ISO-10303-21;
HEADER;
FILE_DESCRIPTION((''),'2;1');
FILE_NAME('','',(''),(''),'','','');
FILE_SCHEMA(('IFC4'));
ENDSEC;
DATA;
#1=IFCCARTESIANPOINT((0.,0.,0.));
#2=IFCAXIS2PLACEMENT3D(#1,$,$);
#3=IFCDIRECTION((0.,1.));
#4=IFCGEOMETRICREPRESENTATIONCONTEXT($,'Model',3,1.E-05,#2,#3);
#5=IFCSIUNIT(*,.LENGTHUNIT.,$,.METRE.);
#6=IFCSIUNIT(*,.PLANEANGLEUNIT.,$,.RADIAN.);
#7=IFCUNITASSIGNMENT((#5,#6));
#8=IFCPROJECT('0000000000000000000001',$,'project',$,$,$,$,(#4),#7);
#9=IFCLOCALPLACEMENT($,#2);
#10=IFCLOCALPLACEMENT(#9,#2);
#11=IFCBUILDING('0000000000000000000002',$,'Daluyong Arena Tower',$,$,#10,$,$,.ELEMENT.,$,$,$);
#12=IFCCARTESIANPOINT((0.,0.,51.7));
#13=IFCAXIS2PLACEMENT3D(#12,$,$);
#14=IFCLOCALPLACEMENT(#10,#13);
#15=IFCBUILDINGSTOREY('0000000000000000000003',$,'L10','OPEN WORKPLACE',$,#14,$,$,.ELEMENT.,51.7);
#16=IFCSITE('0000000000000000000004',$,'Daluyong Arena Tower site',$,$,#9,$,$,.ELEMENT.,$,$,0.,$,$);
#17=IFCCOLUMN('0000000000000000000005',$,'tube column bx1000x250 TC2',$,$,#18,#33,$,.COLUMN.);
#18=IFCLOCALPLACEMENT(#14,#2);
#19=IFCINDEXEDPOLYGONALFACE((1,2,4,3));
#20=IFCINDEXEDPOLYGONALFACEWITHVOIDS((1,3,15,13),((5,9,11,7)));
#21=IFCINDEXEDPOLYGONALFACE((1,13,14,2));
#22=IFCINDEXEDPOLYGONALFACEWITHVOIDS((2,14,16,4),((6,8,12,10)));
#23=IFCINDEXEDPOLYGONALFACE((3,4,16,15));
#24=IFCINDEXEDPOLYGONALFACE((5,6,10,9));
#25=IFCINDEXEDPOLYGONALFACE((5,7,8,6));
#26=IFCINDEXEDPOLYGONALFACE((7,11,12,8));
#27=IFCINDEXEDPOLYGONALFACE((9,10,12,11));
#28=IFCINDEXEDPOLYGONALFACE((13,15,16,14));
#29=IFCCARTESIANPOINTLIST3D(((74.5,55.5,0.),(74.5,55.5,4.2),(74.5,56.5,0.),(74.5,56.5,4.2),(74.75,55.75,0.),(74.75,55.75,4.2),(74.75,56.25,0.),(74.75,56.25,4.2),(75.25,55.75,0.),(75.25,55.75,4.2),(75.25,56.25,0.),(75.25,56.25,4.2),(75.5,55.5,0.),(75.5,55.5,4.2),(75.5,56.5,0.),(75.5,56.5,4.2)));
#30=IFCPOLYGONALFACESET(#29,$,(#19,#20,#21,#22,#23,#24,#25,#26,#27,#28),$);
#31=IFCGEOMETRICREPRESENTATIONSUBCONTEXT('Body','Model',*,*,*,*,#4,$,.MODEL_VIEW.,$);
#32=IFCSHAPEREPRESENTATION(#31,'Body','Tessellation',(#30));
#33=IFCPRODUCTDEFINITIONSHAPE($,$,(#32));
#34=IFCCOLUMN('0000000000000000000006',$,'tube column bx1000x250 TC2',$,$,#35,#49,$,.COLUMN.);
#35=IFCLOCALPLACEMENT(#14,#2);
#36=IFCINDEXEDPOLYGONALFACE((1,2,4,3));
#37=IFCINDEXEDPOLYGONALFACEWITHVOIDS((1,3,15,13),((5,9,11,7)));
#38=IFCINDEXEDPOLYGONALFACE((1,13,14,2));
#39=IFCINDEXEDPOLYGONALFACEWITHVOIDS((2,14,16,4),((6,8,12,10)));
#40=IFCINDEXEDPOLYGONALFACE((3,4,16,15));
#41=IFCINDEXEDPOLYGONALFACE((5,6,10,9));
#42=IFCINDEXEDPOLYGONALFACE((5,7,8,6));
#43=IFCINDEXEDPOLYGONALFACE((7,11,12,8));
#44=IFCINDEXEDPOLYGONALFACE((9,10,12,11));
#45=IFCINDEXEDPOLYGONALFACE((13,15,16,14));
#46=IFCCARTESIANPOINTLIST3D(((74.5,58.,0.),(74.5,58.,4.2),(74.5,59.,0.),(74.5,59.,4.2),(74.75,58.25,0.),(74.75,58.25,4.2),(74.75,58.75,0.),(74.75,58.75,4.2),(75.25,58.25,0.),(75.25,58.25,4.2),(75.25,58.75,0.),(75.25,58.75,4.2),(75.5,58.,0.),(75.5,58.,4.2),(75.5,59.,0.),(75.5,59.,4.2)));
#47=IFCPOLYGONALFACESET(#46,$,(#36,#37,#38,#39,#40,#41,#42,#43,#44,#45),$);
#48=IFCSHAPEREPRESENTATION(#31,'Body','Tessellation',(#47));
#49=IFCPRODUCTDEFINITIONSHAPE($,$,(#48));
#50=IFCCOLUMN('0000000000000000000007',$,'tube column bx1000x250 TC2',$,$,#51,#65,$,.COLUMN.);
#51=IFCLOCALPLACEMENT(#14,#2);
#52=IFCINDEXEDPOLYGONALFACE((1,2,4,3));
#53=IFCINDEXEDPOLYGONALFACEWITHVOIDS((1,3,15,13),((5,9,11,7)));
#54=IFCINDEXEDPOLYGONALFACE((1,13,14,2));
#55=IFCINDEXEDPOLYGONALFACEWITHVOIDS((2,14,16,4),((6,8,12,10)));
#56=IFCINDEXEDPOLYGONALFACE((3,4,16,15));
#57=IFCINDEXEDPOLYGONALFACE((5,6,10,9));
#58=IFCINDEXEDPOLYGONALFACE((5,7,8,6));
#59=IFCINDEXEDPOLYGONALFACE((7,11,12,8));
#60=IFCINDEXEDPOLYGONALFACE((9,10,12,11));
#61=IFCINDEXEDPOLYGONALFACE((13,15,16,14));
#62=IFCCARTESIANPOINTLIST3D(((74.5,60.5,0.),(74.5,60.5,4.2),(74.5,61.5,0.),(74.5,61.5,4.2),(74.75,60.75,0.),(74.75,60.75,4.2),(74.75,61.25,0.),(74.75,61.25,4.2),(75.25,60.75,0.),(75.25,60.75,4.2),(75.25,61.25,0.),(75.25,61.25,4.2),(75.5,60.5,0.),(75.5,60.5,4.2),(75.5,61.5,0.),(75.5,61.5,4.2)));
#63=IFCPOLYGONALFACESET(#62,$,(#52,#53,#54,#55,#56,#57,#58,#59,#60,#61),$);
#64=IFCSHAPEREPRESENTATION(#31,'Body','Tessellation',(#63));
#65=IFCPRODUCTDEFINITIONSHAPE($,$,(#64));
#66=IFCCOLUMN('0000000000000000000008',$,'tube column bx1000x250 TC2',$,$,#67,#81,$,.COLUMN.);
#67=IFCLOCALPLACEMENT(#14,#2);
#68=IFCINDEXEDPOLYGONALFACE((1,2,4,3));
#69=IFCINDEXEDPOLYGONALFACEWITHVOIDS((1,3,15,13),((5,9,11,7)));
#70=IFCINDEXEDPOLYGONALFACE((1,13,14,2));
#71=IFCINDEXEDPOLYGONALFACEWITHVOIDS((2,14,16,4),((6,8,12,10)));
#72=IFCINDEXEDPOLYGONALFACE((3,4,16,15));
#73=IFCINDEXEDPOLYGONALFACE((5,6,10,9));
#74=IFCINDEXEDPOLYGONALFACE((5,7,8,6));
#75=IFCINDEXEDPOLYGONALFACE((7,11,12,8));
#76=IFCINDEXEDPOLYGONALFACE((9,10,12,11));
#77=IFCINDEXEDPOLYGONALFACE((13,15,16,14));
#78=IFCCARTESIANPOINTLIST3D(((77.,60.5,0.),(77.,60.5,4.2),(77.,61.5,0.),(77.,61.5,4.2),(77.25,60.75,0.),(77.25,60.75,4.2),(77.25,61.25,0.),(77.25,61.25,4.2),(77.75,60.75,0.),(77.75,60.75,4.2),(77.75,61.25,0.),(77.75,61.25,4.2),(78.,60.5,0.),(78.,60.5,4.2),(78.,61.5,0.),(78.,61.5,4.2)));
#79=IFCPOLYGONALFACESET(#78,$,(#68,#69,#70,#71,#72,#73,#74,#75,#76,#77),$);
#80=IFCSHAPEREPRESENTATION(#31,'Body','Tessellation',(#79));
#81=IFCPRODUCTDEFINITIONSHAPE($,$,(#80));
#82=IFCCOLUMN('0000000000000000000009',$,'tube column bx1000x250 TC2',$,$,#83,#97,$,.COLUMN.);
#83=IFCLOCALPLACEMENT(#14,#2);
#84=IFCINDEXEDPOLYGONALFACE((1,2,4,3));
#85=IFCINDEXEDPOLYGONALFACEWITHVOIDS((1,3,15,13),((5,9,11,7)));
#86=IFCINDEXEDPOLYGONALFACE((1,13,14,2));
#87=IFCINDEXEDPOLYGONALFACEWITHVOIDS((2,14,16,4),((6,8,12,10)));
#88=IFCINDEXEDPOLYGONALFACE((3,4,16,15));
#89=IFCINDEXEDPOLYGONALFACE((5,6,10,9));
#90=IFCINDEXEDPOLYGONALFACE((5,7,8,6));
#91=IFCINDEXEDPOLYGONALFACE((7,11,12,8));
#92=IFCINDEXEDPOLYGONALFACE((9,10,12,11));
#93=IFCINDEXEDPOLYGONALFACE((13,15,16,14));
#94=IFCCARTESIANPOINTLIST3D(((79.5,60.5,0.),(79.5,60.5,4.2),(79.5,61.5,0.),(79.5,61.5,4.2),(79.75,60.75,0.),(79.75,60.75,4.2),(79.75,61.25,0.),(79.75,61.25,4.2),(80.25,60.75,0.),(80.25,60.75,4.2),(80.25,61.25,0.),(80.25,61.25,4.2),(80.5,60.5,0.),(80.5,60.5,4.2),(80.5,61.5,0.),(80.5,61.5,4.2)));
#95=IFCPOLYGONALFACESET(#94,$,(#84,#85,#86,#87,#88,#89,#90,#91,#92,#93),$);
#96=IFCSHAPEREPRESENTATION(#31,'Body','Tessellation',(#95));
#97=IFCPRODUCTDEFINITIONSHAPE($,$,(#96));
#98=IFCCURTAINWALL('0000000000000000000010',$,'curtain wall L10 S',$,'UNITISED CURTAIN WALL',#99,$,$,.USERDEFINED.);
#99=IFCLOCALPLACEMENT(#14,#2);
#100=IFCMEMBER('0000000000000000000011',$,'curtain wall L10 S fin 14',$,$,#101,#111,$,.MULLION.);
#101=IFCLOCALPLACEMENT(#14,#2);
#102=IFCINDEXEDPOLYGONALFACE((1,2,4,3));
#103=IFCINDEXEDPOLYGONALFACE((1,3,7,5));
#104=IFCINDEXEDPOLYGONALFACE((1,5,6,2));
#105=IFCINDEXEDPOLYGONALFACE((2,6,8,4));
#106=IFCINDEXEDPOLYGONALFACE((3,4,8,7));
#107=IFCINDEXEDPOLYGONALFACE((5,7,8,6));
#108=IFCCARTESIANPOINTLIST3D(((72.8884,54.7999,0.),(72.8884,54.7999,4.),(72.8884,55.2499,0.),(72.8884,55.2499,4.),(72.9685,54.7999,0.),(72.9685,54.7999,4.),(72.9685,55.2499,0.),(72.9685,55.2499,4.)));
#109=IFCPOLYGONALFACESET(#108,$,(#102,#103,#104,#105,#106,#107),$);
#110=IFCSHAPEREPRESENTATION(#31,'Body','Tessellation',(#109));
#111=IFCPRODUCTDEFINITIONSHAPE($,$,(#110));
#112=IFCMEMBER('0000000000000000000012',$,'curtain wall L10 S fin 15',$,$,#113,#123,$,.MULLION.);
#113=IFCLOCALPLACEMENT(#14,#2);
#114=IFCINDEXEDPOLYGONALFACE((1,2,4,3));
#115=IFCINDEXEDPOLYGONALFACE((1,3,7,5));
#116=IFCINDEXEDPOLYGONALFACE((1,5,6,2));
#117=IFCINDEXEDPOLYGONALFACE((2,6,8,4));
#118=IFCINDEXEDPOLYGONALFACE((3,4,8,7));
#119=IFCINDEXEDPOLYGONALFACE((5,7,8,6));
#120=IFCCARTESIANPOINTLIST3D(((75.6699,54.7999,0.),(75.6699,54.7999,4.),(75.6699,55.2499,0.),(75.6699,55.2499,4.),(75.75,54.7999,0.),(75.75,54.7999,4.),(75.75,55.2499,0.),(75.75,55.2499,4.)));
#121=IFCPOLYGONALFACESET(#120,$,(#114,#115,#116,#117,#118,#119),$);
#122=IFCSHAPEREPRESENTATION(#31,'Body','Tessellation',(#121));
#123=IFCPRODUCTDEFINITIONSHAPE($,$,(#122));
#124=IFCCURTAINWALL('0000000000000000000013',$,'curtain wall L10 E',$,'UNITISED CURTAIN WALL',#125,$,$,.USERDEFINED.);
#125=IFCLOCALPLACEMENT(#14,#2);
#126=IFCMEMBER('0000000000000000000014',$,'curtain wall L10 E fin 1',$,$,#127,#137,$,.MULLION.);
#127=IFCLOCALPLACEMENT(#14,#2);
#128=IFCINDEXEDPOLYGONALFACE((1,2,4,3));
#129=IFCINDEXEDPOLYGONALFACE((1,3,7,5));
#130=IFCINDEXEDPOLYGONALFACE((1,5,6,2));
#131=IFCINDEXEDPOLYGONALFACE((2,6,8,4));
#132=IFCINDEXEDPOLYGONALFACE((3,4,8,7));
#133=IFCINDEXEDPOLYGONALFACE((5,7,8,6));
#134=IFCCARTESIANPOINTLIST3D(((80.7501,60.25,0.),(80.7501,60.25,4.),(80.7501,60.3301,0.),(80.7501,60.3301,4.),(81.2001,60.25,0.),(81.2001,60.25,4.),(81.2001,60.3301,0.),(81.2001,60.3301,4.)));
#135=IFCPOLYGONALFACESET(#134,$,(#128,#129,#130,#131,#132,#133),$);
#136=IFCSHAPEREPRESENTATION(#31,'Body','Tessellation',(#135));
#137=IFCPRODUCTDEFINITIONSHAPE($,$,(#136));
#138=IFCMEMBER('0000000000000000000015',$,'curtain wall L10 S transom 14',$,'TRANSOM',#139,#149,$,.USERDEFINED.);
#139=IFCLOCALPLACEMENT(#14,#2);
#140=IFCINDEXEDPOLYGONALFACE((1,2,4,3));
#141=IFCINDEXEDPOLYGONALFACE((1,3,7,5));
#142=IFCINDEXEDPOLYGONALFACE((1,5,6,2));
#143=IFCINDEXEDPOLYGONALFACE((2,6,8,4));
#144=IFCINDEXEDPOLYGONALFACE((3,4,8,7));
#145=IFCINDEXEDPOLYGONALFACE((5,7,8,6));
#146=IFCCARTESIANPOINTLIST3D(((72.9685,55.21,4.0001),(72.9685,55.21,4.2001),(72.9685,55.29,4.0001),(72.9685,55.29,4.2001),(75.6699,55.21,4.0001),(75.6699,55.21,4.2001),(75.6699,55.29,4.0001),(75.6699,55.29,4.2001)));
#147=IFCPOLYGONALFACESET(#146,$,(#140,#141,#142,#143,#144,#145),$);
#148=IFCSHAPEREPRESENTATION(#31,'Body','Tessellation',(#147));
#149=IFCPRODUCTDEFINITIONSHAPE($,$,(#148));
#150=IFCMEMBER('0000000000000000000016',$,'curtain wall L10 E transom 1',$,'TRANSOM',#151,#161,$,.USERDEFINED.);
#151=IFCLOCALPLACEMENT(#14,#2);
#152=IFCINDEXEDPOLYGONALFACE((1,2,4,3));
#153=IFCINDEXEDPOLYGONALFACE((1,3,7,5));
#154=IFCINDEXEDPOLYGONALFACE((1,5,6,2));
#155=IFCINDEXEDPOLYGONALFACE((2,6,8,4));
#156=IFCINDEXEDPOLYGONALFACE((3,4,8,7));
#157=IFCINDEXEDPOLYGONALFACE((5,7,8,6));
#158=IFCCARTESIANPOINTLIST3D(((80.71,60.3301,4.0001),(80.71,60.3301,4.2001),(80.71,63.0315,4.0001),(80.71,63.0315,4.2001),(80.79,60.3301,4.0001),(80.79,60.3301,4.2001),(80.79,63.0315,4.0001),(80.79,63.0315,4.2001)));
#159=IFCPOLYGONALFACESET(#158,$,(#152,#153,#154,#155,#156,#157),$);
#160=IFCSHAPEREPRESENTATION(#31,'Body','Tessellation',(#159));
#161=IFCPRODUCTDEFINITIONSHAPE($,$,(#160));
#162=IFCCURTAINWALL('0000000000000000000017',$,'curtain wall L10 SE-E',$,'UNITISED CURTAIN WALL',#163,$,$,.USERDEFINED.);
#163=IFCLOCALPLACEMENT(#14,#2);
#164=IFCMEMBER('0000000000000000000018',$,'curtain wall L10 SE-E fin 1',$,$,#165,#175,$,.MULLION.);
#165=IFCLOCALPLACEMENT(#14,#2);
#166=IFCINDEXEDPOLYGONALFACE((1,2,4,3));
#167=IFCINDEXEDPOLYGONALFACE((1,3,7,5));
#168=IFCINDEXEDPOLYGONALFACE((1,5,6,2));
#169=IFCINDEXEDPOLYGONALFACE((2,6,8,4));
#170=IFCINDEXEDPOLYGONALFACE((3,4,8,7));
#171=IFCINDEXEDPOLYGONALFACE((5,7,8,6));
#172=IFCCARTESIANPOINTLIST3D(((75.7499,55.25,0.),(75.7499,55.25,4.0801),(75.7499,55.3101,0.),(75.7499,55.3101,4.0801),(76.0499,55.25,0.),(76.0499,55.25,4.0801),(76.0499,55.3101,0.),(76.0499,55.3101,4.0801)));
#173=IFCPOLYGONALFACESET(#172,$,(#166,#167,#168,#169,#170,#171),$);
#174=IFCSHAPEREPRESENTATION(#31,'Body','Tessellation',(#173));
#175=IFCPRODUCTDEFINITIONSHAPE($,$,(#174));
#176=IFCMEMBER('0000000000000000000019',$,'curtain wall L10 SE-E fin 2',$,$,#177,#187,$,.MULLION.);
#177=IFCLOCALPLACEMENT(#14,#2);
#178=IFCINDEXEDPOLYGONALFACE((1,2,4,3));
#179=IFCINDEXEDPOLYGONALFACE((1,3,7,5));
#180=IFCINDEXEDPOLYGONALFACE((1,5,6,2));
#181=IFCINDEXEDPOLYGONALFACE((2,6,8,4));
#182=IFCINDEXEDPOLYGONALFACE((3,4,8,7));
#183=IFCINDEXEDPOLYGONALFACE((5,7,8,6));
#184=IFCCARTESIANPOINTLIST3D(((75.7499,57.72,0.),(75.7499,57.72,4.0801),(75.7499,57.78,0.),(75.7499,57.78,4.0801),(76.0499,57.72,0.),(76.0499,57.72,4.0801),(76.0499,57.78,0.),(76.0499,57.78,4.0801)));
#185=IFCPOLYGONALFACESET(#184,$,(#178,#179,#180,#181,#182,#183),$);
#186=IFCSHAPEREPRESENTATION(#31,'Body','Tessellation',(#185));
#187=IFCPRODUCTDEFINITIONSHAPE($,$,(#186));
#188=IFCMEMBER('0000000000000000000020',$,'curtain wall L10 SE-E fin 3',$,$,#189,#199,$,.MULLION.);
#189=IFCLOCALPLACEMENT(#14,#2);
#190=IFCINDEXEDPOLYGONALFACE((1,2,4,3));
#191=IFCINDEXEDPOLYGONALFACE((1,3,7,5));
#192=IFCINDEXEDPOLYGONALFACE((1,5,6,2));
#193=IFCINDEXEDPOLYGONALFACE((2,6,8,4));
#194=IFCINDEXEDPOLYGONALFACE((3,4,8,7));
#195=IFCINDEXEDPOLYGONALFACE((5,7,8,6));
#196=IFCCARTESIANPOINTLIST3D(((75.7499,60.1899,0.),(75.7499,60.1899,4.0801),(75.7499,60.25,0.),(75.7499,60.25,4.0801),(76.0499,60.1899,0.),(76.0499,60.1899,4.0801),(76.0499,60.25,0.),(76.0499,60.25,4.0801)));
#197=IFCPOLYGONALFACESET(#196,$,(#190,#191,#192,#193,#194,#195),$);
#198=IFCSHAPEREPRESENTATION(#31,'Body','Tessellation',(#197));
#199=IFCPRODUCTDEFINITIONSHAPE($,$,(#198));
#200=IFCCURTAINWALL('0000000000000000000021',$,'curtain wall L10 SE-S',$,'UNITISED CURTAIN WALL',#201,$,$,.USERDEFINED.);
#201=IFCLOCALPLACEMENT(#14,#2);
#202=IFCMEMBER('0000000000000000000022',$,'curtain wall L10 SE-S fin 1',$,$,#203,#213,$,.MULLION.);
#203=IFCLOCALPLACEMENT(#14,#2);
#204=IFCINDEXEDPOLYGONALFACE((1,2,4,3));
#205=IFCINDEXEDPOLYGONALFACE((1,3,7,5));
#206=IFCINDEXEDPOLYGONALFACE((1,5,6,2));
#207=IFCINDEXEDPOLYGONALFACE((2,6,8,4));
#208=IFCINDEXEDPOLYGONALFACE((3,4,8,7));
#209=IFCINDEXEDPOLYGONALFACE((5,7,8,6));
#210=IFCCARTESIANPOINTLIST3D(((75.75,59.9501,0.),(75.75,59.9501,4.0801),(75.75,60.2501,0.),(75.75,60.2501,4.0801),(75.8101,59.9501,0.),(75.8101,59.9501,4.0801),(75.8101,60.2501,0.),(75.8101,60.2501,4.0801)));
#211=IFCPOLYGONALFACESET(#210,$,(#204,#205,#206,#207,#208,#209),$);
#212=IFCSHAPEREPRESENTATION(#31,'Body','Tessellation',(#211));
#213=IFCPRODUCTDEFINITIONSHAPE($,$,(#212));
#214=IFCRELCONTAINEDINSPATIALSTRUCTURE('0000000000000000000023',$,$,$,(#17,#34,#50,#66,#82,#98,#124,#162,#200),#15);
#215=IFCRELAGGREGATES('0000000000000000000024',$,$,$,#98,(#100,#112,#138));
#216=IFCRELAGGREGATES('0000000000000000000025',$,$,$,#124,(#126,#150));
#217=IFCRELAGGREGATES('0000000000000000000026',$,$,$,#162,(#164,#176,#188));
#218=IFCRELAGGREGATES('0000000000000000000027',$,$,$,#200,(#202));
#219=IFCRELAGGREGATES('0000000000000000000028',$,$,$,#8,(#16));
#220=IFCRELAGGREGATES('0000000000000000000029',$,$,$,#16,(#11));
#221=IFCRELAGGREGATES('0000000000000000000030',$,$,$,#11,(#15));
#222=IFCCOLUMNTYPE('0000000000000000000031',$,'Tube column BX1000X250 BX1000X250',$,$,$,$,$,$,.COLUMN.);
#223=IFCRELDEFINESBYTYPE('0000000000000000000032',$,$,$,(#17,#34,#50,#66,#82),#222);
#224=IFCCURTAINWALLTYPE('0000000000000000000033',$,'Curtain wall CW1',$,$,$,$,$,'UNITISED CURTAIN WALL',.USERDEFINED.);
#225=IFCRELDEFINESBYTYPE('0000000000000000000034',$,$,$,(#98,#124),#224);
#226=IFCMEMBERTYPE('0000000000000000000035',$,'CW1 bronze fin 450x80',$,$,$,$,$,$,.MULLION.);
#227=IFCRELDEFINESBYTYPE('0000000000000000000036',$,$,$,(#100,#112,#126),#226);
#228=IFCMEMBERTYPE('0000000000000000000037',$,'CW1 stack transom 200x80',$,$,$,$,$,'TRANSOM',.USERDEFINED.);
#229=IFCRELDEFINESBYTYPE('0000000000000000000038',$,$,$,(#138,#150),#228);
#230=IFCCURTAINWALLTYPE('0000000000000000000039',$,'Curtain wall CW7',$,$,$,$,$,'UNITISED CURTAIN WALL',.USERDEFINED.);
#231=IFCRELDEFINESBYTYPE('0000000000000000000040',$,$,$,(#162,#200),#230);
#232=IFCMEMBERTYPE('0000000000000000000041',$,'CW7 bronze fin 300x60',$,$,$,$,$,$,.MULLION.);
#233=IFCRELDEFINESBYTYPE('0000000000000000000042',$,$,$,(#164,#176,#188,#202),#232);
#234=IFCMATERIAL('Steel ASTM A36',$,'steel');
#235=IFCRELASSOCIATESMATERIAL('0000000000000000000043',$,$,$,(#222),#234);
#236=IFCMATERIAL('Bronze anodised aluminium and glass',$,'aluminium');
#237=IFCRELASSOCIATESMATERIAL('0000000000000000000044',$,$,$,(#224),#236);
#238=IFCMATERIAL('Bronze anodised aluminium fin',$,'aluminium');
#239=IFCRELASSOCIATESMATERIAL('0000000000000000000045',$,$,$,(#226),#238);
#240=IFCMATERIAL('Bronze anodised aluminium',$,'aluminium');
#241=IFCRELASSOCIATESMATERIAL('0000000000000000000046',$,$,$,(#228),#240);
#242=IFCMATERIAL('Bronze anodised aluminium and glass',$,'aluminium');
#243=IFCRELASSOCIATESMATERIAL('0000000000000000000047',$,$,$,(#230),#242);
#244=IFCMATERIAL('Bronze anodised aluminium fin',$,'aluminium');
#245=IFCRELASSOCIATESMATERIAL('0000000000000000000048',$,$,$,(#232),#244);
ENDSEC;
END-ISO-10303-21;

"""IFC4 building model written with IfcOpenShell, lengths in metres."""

from ifc_helpers import new_model, si_unit, direction, frame, origin, origin_2d, place, context, subcontext, project, spatial, rectangle, hollow_rectangle, extrude, material, material_profile, profile_set, type_object, element, aggregate, save


model = new_model("IFC4")

# Units and contexts
model_context = context("Model", 3, precision=1e-05, world=origin(), true_north=direction((0.0, 1.0)))
body_context = subcontext(model_context, "Body", "Model", "MODEL_VIEW")
ifc_project = project(units=[si_unit("LENGTHUNIT", "METRE"), si_unit("PLANEANGLEUNIT", "RADIAN")], contexts=[model_context])

# Site, building, storey
site_placement = place(None, origin())
site = spatial("IfcSite", under=ifc_project, at=site_placement, Name="Daluyong Arena Tower site", CompositionType="ELEMENT", RefElevation=0.0)
building_placement = place(site_placement, origin())
building = spatial("IfcBuilding", under=site, at=building_placement, Name="Daluyong Arena Tower", CompositionType="ELEMENT")
storey_placement = place(building_placement, frame((0.0, 0.0, 51.7)))
storey = spatial("IfcBuildingStorey", under=building, at=storey_placement, Name="L10", Description="OPEN WORKPLACE", CompositionType="ELEMENT", Elevation=51.7)

# Columns
ifc_material_1 = material(Name="Steel ASTM A36", Category="steel")
ifc_material_profile_1 = material_profile(ifc_material_1, hollow_rectangle(XDim=1.0, YDim=1.0, WallThickness=0.25, at=origin_2d()))
ifc_profile_set_1 = profile_set([ifc_material_profile_1], Name="Steel ASTM A36")
column_type = type_object("IfcColumnType", Name="Tube column BX1000X250 BX1000X250", PredefinedType="COLUMN", material=ifc_profile_set_1)
for number, where, z_axis, x_axis, name in (
    (1, (75.0, 56.0, 0.0), (0.0, 0.0, 1.0), (0.0, 1.0, 0.0), "tube column bx1000x250 TC2"),
    (2, (75.0, 58.5, 0.0), (0.0, 0.0, 1.0), (0.0, 1.0, 0.0), "tube column bx1000x250 TC2"),
    (3, (75.0, 61.0, 0.0), (0.0, 0.0, 1.0), (1.0, 0.0, 0.0), "tube column bx1000x250 TC2"),
    (4, (77.5, 61.0, 0.0), (0.0, 0.0, 1.0), (1.0, 0.0, 0.0), "tube column bx1000x250 TC2"),
    (5, (80.0, 61.0, 0.0), (0.0, 0.0, 1.0), (0.0, 1.0, 0.0), "tube column bx1000x250 TC2"),
):
    element("IfcColumn", number, at=place(storey_placement, frame(where, z_axis=z_axis, x_axis=x_axis)), inside=storey, type_object=column_type, Name=name, PredefinedType="COLUMN", context=body_context, shape_type="SweptSolid", body=[
        extrude(hollow_rectangle(XDim=1.0, YDim=1.0, WallThickness=0.25, at=origin_2d()), origin(), (0.0, 0.0, 1.0), 4.2),
    ])

# Curtain wall, members
ifc_material_2 = material(Name="Bronze anodised aluminium and glass", Category="aluminium")
curtain_wall_type_1 = type_object("IfcCurtainWallType", Name="Curtain wall CW1", ElementType="UNITISED CURTAIN WALL", PredefinedType="USERDEFINED", material=ifc_material_2)
curtain_wall_1_placement = place(storey_placement, origin())
curtain_wall_1 = element("IfcCurtainWall", 6, at=curtain_wall_1_placement, inside=storey, type_object=curtain_wall_type_1, Name="curtain wall L10 S", ObjectType="UNITISED CURTAIN WALL", PredefinedType="USERDEFINED")
ifc_material_3 = material(Name="Bronze anodised aluminium fin", Category="aluminium")
ifc_material_profile_2 = material_profile(ifc_material_3, rectangle(XDim=0.45, YDim=0.0801, at=origin_2d()))
ifc_profile_set_2 = profile_set([ifc_material_profile_2], Name="Bronze anodised aluminium fin")
member_type_1 = type_object("IfcMemberType", Name="CW1 bronze fin 450x80", PredefinedType="MULLION", material=ifc_profile_set_2)
member_1_placement = place(storey_placement, frame((72.9285, 55.0249, 0.0), z_axis=(0.0, 0.0, 1.0), x_axis=(0.0, 1.0, 0.0)))
member_1 = element("IfcMember", 7, at=member_1_placement, type_object=member_type_1, Name="curtain wall L10 S fin 14", PredefinedType="MULLION", context=body_context, shape_type="SweptSolid", body=[
    extrude(rectangle(XDim=0.45, YDim=0.0801, at=origin_2d()), origin(), (0.0, 0.0, 1.0), 4.0),
])
member_2_placement = place(storey_placement, frame((75.71, 55.0249, 0.0), z_axis=(0.0, 0.0, 1.0), x_axis=(0.0, 1.0, 0.0)))
member_2 = element("IfcMember", 8, at=member_2_placement, type_object=member_type_1, Name="curtain wall L10 S fin 15", PredefinedType="MULLION", context=body_context, shape_type="SweptSolid", body=[
    extrude(rectangle(XDim=0.45, YDim=0.0801, at=origin_2d()), origin(), (0.0, 0.0, 1.0), 4.0),
])

# Curtain wall, member
curtain_wall_2_placement = place(storey_placement, origin())
curtain_wall_2 = element("IfcCurtainWall", 9, at=curtain_wall_2_placement, inside=storey, type_object=curtain_wall_type_1, Name="curtain wall L10 E", ObjectType="UNITISED CURTAIN WALL", PredefinedType="USERDEFINED")
member_3_placement = place(storey_placement, frame((80.9751, 60.29, 0.0), z_axis=(0.0, 0.0, 1.0), x_axis=(-1.0, 0.0, 0.0)))
member_3 = element("IfcMember", 10, at=member_3_placement, type_object=member_type_1, Name="curtain wall L10 E fin 1", PredefinedType="MULLION", context=body_context, shape_type="SweptSolid", body=[
    extrude(rectangle(XDim=0.45, YDim=0.0801, at=origin_2d()), origin(), (0.0, 0.0, 1.0), 4.0),
])

# Members
ifc_material_4 = material(Name="Bronze anodised aluminium", Category="aluminium")
ifc_material_profile_3 = material_profile(ifc_material_4, rectangle(XDim=0.0801, YDim=0.2, at=origin_2d()))
ifc_profile_set_3 = profile_set([ifc_material_profile_3], Name="Bronze anodised aluminium")
member_type_2 = type_object("IfcMemberType", Name="CW1 stack transom 200x80", ElementType="TRANSOM", PredefinedType="USERDEFINED", material=ifc_profile_set_3)
member_4_placement = place(storey_placement, frame((72.9685, 55.25, 4.1001), z_axis=(1.0, 0.0, 0.0), x_axis=(0.0, 1.0, 0.0)))
member_4 = element("IfcMember", 11, at=member_4_placement, type_object=member_type_2, Name="curtain wall L10 S transom 14", ObjectType="TRANSOM", PredefinedType="USERDEFINED", context=body_context, shape_type="SweptSolid", body=[
    extrude(rectangle(XDim=0.0801, YDim=0.2, at=origin_2d()), origin(), (0.0, 0.0, 1.0), 2.7014),
])
member_5_placement = place(storey_placement, frame((80.75, 60.3301, 4.1001), z_axis=(0.0, 1.0, 0.0), x_axis=(-1.0, 0.0, 0.0)))
member_5 = element("IfcMember", 12, at=member_5_placement, type_object=member_type_2, Name="curtain wall L10 E transom 1", ObjectType="TRANSOM", PredefinedType="USERDEFINED", context=body_context, shape_type="SweptSolid", body=[
    extrude(rectangle(XDim=0.0801, YDim=0.2, at=origin_2d()), origin(), (0.0, 0.0, 1.0), 2.7014),
])

# Curtain walls, members
ifc_material_5 = material(Name="Bronze anodised aluminium and glass", Category="aluminium")
curtain_wall_type_2 = type_object("IfcCurtainWallType", Name="Curtain wall CW7", ElementType="UNITISED CURTAIN WALL", PredefinedType="USERDEFINED", material=ifc_material_5)
curtain_wall_3_placement = place(storey_placement, origin())
curtain_wall_3 = element("IfcCurtainWall", 13, at=curtain_wall_3_placement, inside=storey, type_object=curtain_wall_type_2, Name="curtain wall L10 SE-E", ObjectType="UNITISED CURTAIN WALL", PredefinedType="USERDEFINED")
ifc_material_6 = material(Name="Bronze anodised aluminium fin", Category="aluminium")
ifc_material_profile_4 = material_profile(ifc_material_6, rectangle(XDim=0.3, YDim=0.0601, at=origin_2d()))
ifc_profile_set_4 = profile_set([ifc_material_profile_4], Name="Bronze anodised aluminium fin")
member_type_3 = type_object("IfcMemberType", Name="CW7 bronze fin 300x60", PredefinedType="MULLION", material=ifc_profile_set_4)
member_6_placement = place(storey_placement, frame((75.8999, 55.28, 0.0), z_axis=(0.0, 0.0, 1.0), x_axis=(-1.0, 0.0, 0.0)))
member_6 = element("IfcMember", 14, at=member_6_placement, type_object=member_type_3, Name="curtain wall L10 SE-E fin 1", PredefinedType="MULLION", context=body_context, shape_type="SweptSolid", body=[
    extrude(rectangle(XDim=0.3, YDim=0.0601, at=origin_2d()), origin(), (0.0, 0.0, 1.0), 4.0801),
])
member_7_placement = place(storey_placement, frame((75.8999, 57.75, 0.0), z_axis=(0.0, 0.0, 1.0), x_axis=(-1.0, 0.0, 0.0)))
member_7 = element("IfcMember", 15, at=member_7_placement, type_object=member_type_3, Name="curtain wall L10 SE-E fin 2", PredefinedType="MULLION", context=body_context, shape_type="SweptSolid", body=[
    extrude(rectangle(XDim=0.3, YDim=0.0601, at=origin_2d()), origin(), (0.0, 0.0, 1.0), 4.0801),
])
member_8_placement = place(storey_placement, frame((75.8999, 60.22, 0.0), z_axis=(0.0, 0.0, 1.0), x_axis=(-1.0, 0.0, 0.0)))
member_8 = element("IfcMember", 16, at=member_8_placement, type_object=member_type_3, Name="curtain wall L10 SE-E fin 3", PredefinedType="MULLION", context=body_context, shape_type="SweptSolid", body=[
    extrude(rectangle(XDim=0.3, YDim=0.0601, at=origin_2d()), origin(), (0.0, 0.0, 1.0), 4.0801),
])
curtain_wall_4_placement = place(storey_placement, origin())
curtain_wall_4 = element("IfcCurtainWall", 17, at=curtain_wall_4_placement, inside=storey, type_object=curtain_wall_type_2, Name="curtain wall L10 SE-S", ObjectType="UNITISED CURTAIN WALL", PredefinedType="USERDEFINED")
member_9_placement = place(storey_placement, frame((75.78, 60.1001, 0.0), z_axis=(0.0, 0.0, 1.0), x_axis=(0.0, 1.0, 0.0)))
member_9 = element("IfcMember", 18, at=member_9_placement, type_object=member_type_3, Name="curtain wall L10 SE-S fin 1", PredefinedType="MULLION", context=body_context, shape_type="SweptSolid", body=[
    extrude(rectangle(XDim=0.3, YDim=0.0601, at=origin_2d()), origin(), (0.0, 0.0, 1.0), 4.0801),
])

aggregate(curtain_wall_1, [member_1, member_2, member_4])
aggregate(curtain_wall_2, [member_3, member_5])
aggregate(curtain_wall_3, [member_6, member_7, member_8])
aggregate(curtain_wall_4, [member_9])

save(model, "model.ifc")
